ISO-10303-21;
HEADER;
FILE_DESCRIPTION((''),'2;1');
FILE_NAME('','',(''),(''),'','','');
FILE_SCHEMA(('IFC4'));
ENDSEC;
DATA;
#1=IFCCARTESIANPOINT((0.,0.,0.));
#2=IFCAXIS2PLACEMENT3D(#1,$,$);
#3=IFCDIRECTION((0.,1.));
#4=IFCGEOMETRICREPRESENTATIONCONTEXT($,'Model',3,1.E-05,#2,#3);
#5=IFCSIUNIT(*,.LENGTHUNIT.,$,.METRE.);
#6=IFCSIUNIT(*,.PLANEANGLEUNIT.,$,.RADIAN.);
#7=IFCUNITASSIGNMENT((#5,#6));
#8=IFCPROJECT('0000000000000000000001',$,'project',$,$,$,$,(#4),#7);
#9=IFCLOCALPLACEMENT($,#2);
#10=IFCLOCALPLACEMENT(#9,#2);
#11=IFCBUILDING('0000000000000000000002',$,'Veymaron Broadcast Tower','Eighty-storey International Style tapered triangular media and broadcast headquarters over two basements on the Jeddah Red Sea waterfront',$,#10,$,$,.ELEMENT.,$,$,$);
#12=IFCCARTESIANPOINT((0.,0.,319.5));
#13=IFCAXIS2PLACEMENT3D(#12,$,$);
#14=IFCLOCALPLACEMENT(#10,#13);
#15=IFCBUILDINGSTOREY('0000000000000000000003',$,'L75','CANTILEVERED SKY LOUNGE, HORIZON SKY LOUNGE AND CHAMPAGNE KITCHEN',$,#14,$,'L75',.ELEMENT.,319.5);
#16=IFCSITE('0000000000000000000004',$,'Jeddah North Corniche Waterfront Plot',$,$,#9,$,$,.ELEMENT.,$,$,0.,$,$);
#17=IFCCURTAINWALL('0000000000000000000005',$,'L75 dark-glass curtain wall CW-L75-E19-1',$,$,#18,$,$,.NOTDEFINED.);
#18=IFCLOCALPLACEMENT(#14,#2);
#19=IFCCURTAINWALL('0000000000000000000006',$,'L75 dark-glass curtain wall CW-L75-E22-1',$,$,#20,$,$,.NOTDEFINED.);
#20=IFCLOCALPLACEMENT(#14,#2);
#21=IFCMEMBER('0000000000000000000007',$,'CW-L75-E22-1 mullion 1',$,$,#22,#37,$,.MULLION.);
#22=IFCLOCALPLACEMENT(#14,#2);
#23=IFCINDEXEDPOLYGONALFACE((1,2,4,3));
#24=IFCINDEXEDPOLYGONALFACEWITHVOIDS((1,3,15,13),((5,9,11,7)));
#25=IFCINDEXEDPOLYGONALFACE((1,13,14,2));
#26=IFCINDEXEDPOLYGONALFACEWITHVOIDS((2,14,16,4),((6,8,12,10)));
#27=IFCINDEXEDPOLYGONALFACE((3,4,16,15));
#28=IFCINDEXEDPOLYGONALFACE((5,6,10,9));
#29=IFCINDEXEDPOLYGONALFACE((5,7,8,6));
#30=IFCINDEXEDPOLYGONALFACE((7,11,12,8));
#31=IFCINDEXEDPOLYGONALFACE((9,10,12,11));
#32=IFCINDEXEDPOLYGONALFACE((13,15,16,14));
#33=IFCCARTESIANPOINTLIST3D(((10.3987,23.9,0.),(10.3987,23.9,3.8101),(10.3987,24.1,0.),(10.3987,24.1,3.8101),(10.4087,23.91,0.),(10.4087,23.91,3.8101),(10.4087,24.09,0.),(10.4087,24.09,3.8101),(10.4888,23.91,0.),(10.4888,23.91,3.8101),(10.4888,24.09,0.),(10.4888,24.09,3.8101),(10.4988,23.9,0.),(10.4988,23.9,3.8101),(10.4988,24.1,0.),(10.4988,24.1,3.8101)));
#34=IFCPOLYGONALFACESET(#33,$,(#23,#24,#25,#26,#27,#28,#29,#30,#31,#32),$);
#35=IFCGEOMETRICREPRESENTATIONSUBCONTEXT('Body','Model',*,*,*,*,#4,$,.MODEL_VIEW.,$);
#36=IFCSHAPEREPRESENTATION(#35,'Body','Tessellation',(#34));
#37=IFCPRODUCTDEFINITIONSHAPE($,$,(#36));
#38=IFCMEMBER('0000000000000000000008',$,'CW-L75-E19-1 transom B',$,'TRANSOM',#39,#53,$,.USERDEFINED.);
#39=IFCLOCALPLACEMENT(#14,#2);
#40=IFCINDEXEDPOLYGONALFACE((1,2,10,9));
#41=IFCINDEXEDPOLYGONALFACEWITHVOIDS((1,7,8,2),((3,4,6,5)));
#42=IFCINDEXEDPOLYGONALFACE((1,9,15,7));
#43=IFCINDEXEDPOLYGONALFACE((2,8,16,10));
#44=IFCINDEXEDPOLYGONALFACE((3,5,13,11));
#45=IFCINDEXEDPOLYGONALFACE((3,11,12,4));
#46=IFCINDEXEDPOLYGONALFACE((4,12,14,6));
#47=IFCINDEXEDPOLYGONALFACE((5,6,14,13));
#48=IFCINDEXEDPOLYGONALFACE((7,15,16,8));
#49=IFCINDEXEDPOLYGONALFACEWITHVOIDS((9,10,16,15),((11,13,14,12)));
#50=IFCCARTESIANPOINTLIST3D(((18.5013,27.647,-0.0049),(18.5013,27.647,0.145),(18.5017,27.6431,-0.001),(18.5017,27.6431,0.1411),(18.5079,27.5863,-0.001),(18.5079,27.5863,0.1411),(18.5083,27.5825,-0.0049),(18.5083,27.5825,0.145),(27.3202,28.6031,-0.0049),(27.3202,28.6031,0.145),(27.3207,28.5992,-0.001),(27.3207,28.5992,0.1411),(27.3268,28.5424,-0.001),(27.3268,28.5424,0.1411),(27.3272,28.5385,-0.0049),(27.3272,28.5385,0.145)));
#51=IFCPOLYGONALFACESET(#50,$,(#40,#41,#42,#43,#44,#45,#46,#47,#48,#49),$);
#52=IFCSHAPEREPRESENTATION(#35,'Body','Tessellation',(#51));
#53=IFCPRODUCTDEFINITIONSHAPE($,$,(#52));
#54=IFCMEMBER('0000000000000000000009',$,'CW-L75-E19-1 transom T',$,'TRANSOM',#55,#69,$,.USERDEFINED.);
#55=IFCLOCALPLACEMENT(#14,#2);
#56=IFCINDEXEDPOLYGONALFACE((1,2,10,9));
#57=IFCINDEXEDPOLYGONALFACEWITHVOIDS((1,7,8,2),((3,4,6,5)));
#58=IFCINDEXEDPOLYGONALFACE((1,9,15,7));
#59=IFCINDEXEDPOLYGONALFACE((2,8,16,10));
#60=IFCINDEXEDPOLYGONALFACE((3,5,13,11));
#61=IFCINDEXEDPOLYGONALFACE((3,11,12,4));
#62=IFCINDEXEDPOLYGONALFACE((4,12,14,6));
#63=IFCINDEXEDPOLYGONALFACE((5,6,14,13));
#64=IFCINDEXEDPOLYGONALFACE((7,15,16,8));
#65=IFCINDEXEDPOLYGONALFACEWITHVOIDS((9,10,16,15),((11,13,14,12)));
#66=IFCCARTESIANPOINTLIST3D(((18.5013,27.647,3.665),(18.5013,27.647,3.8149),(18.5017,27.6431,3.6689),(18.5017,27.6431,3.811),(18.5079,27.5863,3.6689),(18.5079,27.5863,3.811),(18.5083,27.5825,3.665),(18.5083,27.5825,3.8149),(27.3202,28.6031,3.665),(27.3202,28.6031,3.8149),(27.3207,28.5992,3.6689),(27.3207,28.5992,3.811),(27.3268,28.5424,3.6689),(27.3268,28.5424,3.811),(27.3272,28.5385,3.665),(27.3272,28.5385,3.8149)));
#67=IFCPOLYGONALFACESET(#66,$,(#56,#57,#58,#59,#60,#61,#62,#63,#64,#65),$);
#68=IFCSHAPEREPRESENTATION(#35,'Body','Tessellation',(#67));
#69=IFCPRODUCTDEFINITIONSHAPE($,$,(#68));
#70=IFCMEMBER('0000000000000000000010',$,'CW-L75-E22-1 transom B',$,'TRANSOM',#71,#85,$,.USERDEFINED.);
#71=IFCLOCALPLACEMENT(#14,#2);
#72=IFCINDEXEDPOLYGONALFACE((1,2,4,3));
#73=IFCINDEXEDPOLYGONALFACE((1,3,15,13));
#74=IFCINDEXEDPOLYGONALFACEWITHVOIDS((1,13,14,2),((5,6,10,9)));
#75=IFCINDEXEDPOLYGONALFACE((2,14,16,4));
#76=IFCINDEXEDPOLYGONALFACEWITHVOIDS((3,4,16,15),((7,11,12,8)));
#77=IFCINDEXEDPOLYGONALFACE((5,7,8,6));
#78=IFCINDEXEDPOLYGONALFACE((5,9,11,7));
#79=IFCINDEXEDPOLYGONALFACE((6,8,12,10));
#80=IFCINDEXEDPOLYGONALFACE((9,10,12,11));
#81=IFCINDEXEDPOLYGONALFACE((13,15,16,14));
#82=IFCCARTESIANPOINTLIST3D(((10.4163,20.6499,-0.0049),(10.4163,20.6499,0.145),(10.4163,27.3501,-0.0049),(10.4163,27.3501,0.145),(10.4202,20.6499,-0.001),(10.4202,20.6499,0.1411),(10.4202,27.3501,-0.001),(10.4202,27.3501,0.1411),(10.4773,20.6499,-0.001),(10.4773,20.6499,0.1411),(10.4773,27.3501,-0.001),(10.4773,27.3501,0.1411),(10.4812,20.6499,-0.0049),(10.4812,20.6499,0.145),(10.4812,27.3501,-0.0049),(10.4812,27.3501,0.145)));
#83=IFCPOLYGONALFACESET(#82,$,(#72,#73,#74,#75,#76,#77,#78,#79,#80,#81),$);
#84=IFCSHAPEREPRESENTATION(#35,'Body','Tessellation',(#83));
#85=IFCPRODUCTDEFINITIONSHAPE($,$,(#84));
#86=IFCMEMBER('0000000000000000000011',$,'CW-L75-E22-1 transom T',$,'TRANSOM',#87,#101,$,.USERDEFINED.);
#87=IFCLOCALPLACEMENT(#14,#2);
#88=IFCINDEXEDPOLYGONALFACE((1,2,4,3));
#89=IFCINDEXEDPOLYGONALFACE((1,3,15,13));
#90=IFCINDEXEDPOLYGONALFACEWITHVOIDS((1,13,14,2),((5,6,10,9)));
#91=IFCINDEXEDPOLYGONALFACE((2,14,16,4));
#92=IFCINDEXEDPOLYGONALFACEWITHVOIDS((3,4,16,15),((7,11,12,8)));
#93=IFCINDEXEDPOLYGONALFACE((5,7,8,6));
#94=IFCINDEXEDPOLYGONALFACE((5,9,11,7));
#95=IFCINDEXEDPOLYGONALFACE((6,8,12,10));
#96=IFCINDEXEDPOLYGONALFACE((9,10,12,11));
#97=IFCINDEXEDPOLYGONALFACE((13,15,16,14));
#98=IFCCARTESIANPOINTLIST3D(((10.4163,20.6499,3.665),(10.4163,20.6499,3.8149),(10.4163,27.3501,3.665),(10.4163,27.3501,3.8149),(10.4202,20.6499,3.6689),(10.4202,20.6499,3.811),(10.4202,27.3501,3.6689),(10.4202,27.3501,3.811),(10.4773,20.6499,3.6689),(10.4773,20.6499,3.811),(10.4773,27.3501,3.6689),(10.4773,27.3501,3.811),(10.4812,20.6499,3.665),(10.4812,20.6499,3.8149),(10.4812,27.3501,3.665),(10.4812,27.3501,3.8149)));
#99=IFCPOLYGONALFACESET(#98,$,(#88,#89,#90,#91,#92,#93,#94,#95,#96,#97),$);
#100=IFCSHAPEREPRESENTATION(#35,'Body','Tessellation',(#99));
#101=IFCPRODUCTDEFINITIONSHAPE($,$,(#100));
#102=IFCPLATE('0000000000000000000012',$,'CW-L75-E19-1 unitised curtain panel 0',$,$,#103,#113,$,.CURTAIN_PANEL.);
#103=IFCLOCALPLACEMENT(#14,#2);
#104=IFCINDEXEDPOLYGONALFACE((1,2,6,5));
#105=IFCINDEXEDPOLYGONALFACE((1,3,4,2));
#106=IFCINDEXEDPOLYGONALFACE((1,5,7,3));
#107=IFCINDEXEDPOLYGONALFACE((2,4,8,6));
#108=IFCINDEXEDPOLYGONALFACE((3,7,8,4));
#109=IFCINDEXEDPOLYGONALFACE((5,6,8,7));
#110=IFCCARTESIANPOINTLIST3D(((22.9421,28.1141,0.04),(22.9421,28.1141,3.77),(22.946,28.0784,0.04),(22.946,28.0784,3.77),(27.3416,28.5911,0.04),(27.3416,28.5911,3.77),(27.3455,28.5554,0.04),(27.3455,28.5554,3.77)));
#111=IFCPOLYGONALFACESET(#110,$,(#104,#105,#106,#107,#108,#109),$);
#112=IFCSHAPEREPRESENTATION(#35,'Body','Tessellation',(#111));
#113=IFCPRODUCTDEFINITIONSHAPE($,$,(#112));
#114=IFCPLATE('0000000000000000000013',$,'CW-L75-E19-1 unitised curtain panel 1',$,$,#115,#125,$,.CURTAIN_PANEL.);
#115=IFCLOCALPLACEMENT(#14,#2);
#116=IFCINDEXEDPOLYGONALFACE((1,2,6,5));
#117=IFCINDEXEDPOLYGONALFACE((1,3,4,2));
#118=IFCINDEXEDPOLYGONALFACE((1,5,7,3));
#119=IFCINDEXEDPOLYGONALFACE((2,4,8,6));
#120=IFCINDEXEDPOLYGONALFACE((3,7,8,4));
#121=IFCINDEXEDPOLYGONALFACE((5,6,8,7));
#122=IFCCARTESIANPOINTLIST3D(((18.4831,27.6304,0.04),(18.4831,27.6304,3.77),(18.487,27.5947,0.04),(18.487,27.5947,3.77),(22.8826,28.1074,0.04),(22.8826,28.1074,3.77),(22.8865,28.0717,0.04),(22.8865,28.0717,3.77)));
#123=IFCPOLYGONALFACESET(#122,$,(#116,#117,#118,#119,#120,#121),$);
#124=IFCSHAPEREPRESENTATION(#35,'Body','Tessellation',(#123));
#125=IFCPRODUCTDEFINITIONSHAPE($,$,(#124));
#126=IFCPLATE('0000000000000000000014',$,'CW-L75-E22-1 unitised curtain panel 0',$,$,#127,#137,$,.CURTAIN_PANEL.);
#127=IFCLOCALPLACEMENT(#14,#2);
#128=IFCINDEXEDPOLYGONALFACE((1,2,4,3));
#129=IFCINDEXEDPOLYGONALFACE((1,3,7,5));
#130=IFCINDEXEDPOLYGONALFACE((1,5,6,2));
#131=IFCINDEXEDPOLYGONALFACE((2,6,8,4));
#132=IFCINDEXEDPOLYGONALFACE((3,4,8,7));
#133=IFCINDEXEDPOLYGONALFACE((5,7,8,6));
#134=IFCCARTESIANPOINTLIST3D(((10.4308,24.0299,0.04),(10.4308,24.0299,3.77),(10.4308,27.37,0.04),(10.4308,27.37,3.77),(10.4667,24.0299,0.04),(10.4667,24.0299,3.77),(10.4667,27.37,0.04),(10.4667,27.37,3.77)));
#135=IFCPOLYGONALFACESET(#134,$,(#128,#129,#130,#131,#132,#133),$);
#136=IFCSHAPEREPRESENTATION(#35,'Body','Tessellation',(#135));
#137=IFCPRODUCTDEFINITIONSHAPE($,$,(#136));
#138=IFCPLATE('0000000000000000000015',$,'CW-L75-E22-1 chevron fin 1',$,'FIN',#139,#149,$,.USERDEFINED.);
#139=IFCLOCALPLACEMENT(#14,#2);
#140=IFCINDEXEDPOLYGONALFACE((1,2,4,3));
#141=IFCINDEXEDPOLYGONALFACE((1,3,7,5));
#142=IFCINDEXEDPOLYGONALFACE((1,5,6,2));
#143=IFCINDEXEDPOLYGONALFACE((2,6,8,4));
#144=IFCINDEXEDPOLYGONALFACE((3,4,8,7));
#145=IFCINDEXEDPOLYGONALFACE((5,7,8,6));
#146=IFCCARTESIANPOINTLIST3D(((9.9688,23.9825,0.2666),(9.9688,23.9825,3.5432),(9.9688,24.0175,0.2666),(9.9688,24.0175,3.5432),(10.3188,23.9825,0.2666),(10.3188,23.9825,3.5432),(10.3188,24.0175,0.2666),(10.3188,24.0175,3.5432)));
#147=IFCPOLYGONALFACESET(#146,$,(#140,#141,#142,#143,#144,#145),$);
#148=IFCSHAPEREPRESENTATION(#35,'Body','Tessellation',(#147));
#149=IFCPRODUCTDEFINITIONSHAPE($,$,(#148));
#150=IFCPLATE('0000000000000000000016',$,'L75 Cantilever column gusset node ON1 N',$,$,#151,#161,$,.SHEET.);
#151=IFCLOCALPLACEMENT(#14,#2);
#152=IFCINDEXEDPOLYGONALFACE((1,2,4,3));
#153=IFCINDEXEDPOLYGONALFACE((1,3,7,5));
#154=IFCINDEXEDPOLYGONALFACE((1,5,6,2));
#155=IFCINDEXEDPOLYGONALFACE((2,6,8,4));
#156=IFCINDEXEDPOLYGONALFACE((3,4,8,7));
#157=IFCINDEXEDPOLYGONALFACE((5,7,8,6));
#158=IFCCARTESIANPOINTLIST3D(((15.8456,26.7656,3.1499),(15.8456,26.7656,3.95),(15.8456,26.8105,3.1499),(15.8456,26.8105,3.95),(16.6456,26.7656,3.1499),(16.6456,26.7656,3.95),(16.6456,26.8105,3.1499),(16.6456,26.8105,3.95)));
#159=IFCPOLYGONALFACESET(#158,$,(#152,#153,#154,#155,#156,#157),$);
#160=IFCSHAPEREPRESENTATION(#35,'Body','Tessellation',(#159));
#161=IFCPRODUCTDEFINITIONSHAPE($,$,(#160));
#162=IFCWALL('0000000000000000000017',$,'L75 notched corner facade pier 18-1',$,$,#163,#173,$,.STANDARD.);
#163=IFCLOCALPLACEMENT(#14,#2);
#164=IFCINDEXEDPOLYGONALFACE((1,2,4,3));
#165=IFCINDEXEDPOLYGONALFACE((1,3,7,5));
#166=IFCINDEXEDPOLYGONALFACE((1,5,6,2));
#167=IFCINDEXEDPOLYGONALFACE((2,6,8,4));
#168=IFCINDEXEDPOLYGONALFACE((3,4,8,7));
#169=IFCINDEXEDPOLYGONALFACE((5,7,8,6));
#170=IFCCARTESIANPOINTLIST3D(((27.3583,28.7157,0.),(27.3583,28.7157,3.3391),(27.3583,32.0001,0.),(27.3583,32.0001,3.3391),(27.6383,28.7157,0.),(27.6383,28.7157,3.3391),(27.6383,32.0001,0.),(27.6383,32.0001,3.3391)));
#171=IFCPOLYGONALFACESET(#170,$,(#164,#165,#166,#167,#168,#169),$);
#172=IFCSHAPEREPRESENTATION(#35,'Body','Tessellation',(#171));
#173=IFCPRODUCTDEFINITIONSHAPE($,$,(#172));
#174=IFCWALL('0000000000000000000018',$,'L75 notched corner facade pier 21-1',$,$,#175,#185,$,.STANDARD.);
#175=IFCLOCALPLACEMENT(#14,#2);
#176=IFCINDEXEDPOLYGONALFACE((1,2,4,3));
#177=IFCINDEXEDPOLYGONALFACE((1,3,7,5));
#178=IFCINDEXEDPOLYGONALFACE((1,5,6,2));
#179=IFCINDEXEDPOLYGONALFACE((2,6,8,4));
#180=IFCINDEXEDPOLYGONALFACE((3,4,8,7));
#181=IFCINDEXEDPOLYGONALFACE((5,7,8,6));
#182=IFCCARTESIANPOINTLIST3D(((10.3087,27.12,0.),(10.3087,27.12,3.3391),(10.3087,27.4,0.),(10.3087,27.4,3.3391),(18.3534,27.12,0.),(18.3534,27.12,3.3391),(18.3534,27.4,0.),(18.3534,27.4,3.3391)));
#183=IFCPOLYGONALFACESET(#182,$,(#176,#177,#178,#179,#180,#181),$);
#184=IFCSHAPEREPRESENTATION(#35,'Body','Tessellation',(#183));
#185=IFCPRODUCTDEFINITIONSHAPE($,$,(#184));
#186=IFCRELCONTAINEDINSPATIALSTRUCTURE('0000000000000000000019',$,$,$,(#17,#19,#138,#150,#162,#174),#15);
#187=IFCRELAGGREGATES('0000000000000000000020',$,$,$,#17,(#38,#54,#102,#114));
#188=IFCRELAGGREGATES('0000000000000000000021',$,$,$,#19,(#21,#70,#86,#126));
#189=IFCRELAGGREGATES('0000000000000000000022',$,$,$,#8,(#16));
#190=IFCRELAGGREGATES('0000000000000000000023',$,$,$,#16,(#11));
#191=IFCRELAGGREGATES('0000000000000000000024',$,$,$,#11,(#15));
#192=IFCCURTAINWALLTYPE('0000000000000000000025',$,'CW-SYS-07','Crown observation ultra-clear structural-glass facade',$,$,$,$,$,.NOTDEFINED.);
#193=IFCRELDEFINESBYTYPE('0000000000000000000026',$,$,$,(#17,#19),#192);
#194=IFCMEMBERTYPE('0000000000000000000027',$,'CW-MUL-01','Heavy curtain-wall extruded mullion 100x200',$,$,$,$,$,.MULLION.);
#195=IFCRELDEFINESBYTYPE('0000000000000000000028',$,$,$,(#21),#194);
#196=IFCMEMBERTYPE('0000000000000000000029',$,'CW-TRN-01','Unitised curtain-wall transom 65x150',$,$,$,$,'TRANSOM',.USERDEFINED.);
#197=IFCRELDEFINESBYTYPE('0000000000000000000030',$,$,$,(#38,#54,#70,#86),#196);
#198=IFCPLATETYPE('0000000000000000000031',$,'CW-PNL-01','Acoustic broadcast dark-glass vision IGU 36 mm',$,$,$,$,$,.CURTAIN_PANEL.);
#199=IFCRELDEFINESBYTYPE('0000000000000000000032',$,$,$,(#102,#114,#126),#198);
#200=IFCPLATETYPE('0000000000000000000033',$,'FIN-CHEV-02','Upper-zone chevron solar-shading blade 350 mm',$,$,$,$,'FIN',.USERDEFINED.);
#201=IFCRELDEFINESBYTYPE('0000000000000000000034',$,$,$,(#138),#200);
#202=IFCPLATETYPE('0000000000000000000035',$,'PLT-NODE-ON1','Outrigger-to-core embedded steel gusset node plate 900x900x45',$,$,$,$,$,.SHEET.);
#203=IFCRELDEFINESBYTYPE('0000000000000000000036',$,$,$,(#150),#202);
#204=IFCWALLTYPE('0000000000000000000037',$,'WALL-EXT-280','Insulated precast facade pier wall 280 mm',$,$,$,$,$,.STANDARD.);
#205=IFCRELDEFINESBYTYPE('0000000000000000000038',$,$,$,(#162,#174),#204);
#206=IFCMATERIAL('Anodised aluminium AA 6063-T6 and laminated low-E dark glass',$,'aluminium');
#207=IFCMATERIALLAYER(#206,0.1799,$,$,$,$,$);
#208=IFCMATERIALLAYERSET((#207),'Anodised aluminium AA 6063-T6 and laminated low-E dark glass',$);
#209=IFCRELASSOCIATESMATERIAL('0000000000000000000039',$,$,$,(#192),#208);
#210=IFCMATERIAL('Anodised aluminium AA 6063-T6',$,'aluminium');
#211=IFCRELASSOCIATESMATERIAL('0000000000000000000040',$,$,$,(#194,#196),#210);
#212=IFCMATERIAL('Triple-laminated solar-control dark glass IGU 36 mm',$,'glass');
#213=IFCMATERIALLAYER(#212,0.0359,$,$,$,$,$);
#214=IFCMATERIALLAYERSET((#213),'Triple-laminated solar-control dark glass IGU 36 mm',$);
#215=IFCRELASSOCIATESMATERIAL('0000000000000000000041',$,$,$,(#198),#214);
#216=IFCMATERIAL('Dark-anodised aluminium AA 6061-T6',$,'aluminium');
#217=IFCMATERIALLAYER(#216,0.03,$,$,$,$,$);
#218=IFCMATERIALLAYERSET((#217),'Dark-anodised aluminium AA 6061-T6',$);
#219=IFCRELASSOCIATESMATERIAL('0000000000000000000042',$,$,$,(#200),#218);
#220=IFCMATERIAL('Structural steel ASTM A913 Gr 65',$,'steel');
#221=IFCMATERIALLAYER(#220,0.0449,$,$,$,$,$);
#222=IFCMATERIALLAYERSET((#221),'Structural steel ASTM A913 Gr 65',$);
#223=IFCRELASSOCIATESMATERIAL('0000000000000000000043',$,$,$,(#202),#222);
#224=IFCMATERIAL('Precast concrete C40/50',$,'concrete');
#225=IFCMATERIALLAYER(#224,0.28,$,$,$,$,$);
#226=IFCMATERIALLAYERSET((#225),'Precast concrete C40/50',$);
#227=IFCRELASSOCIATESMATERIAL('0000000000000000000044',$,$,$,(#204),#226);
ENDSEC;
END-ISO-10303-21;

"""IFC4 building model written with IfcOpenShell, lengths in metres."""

from ifc_helpers import new_model, si_unit, direction, frame, frame_2d, origin, origin_2d, place, context, subcontext, project, spatial, rectangle, hollow_rectangle, extrude, material, layer, layer_set, material_profile, profile_set, type_object, element, aggregate, save


model = new_model("IFC4")

# Units and contexts
model_context = context("Model", 3, precision=1e-05, world=origin(), true_north=direction((0.0, 1.0)))
body_context = subcontext(model_context, "Body", "Model", "MODEL_VIEW")
ifc_project = project(units=[si_unit("LENGTHUNIT", "METRE"), si_unit("PLANEANGLEUNIT", "RADIAN")], contexts=[model_context])

# Site, building, storey
site_placement = place(None, origin())
site = spatial("IfcSite", under=ifc_project, at=site_placement, Name="Jeddah North Corniche Waterfront Plot", CompositionType="ELEMENT", RefElevation=0.0)
building_placement = place(site_placement, origin())
building = spatial("IfcBuilding", under=site, at=building_placement, Name="Veymaron Broadcast Tower", Description="Eighty-storey International Style tapered triangular media and broadcast headquarters over two basements on the Jeddah Red Sea waterfront", CompositionType="ELEMENT")
storey_placement = place(building_placement, frame((0.0, 0.0, 319.5)))
storey = spatial("IfcBuildingStorey", under=building, at=storey_placement, Name="L75", Description="CANTILEVERED SKY LOUNGE, HORIZON SKY LOUNGE AND CHAMPAGNE KITCHEN", LongName="L75", CompositionType="ELEMENT", Elevation=319.5)

# Shared definitions
ifc_material_1 = material(Name="Structural steel ASTM A913 Gr 65", Category="steel")

# Curtain walls, member
ifc_material_2 = material(Name="Anodised aluminium AA 6063-T6 and laminated low-E dark glass", Category="aluminium")
ifc_layer_1 = layer(ifc_material_2, 0.1799)
ifc_layer_set_1 = layer_set([ifc_layer_1], Name="Anodised aluminium AA 6063-T6 and laminated low-E dark glass")
curtain_wall_type = type_object("IfcCurtainWallType", Name="CW-SYS-07", Description="Crown observation ultra-clear structural-glass facade", PredefinedType="NOTDEFINED", material=ifc_layer_set_1)
curtain_wall_1_placement = place(storey_placement, origin())
curtain_wall_1 = element("IfcCurtainWall", 1, at=curtain_wall_1_placement, inside=storey, type_object=curtain_wall_type, Name="L75 dark-glass curtain wall CW-L75-E19-1", PredefinedType="NOTDEFINED")
ifc_material_3 = material(Name="Anodised aluminium AA 6063-T6", Category="aluminium")
ifc_material_profile_1 = material_profile(ifc_material_3, hollow_rectangle(XDim=0.1001, YDim=0.2, WallThickness=0.01, at=origin_2d()), Name="RHS200X100X10")
ifc_profile_set_1 = profile_set([ifc_material_profile_1], Name="Anodised aluminium AA 6063-T6")
member_type_1 = type_object("IfcMemberType", Name="CW-MUL-01", Description="Heavy curtain-wall extruded mullion 100x200", PredefinedType="MULLION", material=ifc_profile_set_1)
curtain_wall_2_placement = place(storey_placement, origin())
curtain_wall_2 = element("IfcCurtainWall", 2, at=curtain_wall_2_placement, inside=storey, type_object=curtain_wall_type, Name="L75 dark-glass curtain wall CW-L75-E22-1", PredefinedType="NOTDEFINED")
member_1_placement = place(storey_placement, frame((10.4487, 24.0, 0.0), z_axis=(0.0, 0.0, 1.0), x_axis=(1.0, 0.0, 0.0)))
member_1 = element("IfcMember", 3, at=member_1_placement, type_object=member_type_1, Name="CW-L75-E22-1 mullion 1", PredefinedType="MULLION", context=body_context, shape_type="SweptSolid", body=[
    extrude(hollow_rectangle(XDim=0.1001, YDim=0.2, WallThickness=0.01, at=origin_2d()), origin(), (0.0, 0.0, 1.0), 3.8101),
])

# Members
ifc_material_profile_2 = material_profile(ifc_material_3, hollow_rectangle(XDim=0.0649, YDim=0.1499, WallThickness=0.0039, at=origin_2d()), Name="AL150X65X4")
ifc_profile_set_2 = profile_set([ifc_material_profile_2], Name="Anodised aluminium AA 6063-T6")
member_type_2 = type_object("IfcMemberType", Name="CW-TRN-01", Description="Unitised curtain-wall transom 65x150", ElementType="TRANSOM", PredefinedType="USERDEFINED", material=ifc_profile_set_2)
member_2_placement = place(storey_placement, frame((27.3237, 28.5708, 0.0701), z_axis=(-0.994175, -0.107779, 0.0), x_axis=(0.107779, -0.994175, 0.0)))
member_2 = element("IfcMember", 4, at=member_2_placement, type_object=member_type_2, Name="CW-L75-E19-1 transom B", ObjectType="TRANSOM", PredefinedType="USERDEFINED", context=body_context, shape_type="SweptSolid", body=[
    extrude(hollow_rectangle(XDim=0.0649, YDim=0.1499, WallThickness=0.0039, at=origin_2d()), origin(), (0.0, 0.0, 1.0), 8.8706),
])
member_3_placement = place(storey_placement, frame((27.3237, 28.5708, 3.74), z_axis=(-0.994175, -0.107779, 0.0), x_axis=(0.107779, -0.994175, 0.0)))
member_3 = element("IfcMember", 5, at=member_3_placement, type_object=member_type_2, Name="CW-L75-E19-1 transom T", ObjectType="TRANSOM", PredefinedType="USERDEFINED", context=body_context, shape_type="SweptSolid", body=[
    extrude(hollow_rectangle(XDim=0.0649, YDim=0.1499, WallThickness=0.0039, at=origin_2d()), origin(), (0.0, 0.0, 1.0), 8.8706),
])
member_4_placement = place(storey_placement, frame((10.4487, 27.3501, 0.0701), z_axis=(0.0, -1.0, 0.0), x_axis=(1.0, 0.0, 0.0)))
member_4 = element("IfcMember", 6, at=member_4_placement, type_object=member_type_2, Name="CW-L75-E22-1 transom B", ObjectType="TRANSOM", PredefinedType="USERDEFINED", context=body_context, shape_type="SweptSolid", body=[
    extrude(hollow_rectangle(XDim=0.0649, YDim=0.1499, WallThickness=0.0039, at=origin_2d()), origin(), (0.0, 0.0, 1.0), 6.7002),
])
member_5_placement = place(storey_placement, frame((10.4487, 27.3501, 3.74), z_axis=(0.0, -1.0, 0.0), x_axis=(1.0, 0.0, 0.0)))
member_5 = element("IfcMember", 7, at=member_5_placement, type_object=member_type_2, Name="CW-L75-E22-1 transom T", ObjectType="TRANSOM", PredefinedType="USERDEFINED", context=body_context, shape_type="SweptSolid", body=[
    extrude(hollow_rectangle(XDim=0.0649, YDim=0.1499, WallThickness=0.0039, at=origin_2d()), origin(), (0.0, 0.0, 1.0), 6.7002),
])

# Plates
ifc_material_4 = material(Name="Triple-laminated solar-control dark glass IGU 36 mm", Category="glass")
ifc_layer_2 = layer(ifc_material_4, 0.0359)
ifc_layer_set_2 = layer_set([ifc_layer_2], Name="Triple-laminated solar-control dark glass IGU 36 mm")
plate_type_1 = type_object("IfcPlateType", Name="CW-PNL-01", Description="Acoustic broadcast dark-glass vision IGU 36 mm", PredefinedType="CURTAIN_PANEL", material=ifc_layer_set_2)
plate_1_placement = place(storey_placement, frame((25.1438, 28.3347, 0.04), z_axis=(0.0, 0.0, 1.0), x_axis=(-0.994174, -0.107791, 0.0)))
plate_1 = element("IfcPlate", 8, at=plate_1_placement, type_object=plate_type_1, Name="CW-L75-E19-1 unitised curtain panel 0", PredefinedType="CURTAIN_PANEL", context=body_context, shape_type="SweptSolid", body=[
    extrude(rectangle(XDim=4.4253, YDim=0.0359, at=origin_2d()), origin(), (0.0, 0.0, 1.0), 3.73),
])
plate_2_placement = place(storey_placement, frame((20.6848, 27.8511, 0.04), z_axis=(0.0, 0.0, 1.0), x_axis=(-0.994174, -0.107791, 0.0)))
plate_2 = element("IfcPlate", 9, at=plate_2_placement, type_object=plate_type_1, Name="CW-L75-E19-1 unitised curtain panel 1", PredefinedType="CURTAIN_PANEL", context=body_context, shape_type="SweptSolid", body=[
    extrude(rectangle(XDim=4.4253, YDim=0.0359, at=origin_2d()), origin(), (0.0, 0.0, 1.0), 3.73),
])
aggregate(curtain_wall_1, [member_2, member_3, plate_1, plate_2])
plate_3_placement = place(storey_placement, frame((10.4487, 25.7, 0.04), z_axis=(0.0, 0.0, 1.0), x_axis=(0.0, -1.0, 0.0)))
plate_3 = element("IfcPlate", 10, at=plate_3_placement, type_object=plate_type_1, Name="CW-L75-E22-1 unitised curtain panel 0", PredefinedType="CURTAIN_PANEL", context=body_context, shape_type="SweptSolid", body=[
    extrude(rectangle(XDim=3.3401, YDim=0.0359, at=origin_2d()), origin(), (0.0, 0.0, 1.0), 3.73),
])
aggregate(curtain_wall_2, [member_1, member_4, member_5, plate_3])

# Plates
ifc_material_5 = material(Name="Dark-anodised aluminium AA 6061-T6", Category="aluminium")
ifc_layer_3 = layer(ifc_material_5, 0.03)
ifc_layer_set_3 = layer_set([ifc_layer_3], Name="Dark-anodised aluminium AA 6061-T6")
plate_type_2 = type_object("IfcPlateType", Name="FIN-CHEV-02", Description="Upper-zone chevron solar-shading blade 350 mm", ElementType="FIN", PredefinedType="USERDEFINED", material=ifc_layer_set_3)
plate_4_placement = place(storey_placement, frame((10.1438, 24.0, 0.2666), z_axis=(0.0, 0.0, 1.0), x_axis=(-1.0, 0.0, 0.0)))
element("IfcPlate", 11, at=plate_4_placement, inside=storey, type_object=plate_type_2, Name="CW-L75-E22-1 chevron fin 1", ObjectType="FIN", PredefinedType="USERDEFINED", context=body_context, shape_type="SweptSolid", body=[
    extrude(rectangle(XDim=0.3501, YDim=0.0349, at=origin_2d()), origin(), (0.0, 0.0, 1.0), 3.2766),
])
ifc_layer_4 = layer(ifc_material_1, 0.0449)
ifc_layer_set_4 = layer_set([ifc_layer_4], Name="Structural steel ASTM A913 Gr 65")
plate_type_3 = type_object("IfcPlateType", Name="PLT-NODE-ON1", Description="Outrigger-to-core embedded steel gusset node plate 900x900x45", PredefinedType="SHEET", material=ifc_layer_set_4)
plate_5_placement = place(storey_placement, frame((16.2456, 26.7881, 3.1499), z_axis=(0.0, 0.0, 1.0), x_axis=(1.0, 0.0, 0.0)))
element("IfcPlate", 12, at=plate_5_placement, inside=storey, type_object=plate_type_3, Name="L75 Cantilever column gusset node ON1 N", PredefinedType="SHEET", context=body_context, shape_type="SweptSolid", body=[
    extrude(rectangle(XDim=0.8, YDim=0.0449, at=origin_2d()), origin(), (0.0, 0.0, 1.0), 0.8),
])

# Walls
ifc_material_6 = material(Name="Precast concrete C40/50", Category="concrete")
ifc_layer_5 = layer(ifc_material_6, 0.28)
ifc_layer_set_5 = layer_set([ifc_layer_5], Name="Precast concrete C40/50")
wall_type_1 = type_object("IfcWallType", Name="WALL-EXT-280", Description="Insulated precast facade pier wall 280 mm", PredefinedType="STANDARD", material=ifc_layer_set_5)
wall_1_placement = place(storey_placement, frame((27.4983, 32.0, 0.0), z_axis=(0.0, 0.0, 1.0), x_axis=(0.0, -1.0, 0.0)))
element("IfcWall", 13, at=wall_1_placement, inside=storey, type_object=wall_type_1, Name="L75 notched corner facade pier 18-1", PredefinedType="STANDARD", context=body_context, shape_type="SweptSolid", body=[
    extrude(rectangle(XDim=3.2844, YDim=0.28, at=frame_2d((1.6421, 0.0))), origin(), (0.0, 0.0, 1.0), 3.3391),
])
wall_2_placement = place(storey_placement, frame((18.3535, 27.26, 0.0), z_axis=(0.0, 0.0, 1.0), x_axis=(-1.0, 0.0, 0.0)))
element("IfcWall", 14, at=wall_2_placement, inside=storey, type_object=wall_type_1, Name="L75 notched corner facade pier 21-1", PredefinedType="STANDARD", context=body_context, shape_type="SweptSolid", body=[
    extrude(rectangle(XDim=8.0447, YDim=0.28, at=frame_2d((4.0225, 0.0))), origin(), (0.0, 0.0, 1.0), 3.3391),
])

save(model, "model.ifc")
